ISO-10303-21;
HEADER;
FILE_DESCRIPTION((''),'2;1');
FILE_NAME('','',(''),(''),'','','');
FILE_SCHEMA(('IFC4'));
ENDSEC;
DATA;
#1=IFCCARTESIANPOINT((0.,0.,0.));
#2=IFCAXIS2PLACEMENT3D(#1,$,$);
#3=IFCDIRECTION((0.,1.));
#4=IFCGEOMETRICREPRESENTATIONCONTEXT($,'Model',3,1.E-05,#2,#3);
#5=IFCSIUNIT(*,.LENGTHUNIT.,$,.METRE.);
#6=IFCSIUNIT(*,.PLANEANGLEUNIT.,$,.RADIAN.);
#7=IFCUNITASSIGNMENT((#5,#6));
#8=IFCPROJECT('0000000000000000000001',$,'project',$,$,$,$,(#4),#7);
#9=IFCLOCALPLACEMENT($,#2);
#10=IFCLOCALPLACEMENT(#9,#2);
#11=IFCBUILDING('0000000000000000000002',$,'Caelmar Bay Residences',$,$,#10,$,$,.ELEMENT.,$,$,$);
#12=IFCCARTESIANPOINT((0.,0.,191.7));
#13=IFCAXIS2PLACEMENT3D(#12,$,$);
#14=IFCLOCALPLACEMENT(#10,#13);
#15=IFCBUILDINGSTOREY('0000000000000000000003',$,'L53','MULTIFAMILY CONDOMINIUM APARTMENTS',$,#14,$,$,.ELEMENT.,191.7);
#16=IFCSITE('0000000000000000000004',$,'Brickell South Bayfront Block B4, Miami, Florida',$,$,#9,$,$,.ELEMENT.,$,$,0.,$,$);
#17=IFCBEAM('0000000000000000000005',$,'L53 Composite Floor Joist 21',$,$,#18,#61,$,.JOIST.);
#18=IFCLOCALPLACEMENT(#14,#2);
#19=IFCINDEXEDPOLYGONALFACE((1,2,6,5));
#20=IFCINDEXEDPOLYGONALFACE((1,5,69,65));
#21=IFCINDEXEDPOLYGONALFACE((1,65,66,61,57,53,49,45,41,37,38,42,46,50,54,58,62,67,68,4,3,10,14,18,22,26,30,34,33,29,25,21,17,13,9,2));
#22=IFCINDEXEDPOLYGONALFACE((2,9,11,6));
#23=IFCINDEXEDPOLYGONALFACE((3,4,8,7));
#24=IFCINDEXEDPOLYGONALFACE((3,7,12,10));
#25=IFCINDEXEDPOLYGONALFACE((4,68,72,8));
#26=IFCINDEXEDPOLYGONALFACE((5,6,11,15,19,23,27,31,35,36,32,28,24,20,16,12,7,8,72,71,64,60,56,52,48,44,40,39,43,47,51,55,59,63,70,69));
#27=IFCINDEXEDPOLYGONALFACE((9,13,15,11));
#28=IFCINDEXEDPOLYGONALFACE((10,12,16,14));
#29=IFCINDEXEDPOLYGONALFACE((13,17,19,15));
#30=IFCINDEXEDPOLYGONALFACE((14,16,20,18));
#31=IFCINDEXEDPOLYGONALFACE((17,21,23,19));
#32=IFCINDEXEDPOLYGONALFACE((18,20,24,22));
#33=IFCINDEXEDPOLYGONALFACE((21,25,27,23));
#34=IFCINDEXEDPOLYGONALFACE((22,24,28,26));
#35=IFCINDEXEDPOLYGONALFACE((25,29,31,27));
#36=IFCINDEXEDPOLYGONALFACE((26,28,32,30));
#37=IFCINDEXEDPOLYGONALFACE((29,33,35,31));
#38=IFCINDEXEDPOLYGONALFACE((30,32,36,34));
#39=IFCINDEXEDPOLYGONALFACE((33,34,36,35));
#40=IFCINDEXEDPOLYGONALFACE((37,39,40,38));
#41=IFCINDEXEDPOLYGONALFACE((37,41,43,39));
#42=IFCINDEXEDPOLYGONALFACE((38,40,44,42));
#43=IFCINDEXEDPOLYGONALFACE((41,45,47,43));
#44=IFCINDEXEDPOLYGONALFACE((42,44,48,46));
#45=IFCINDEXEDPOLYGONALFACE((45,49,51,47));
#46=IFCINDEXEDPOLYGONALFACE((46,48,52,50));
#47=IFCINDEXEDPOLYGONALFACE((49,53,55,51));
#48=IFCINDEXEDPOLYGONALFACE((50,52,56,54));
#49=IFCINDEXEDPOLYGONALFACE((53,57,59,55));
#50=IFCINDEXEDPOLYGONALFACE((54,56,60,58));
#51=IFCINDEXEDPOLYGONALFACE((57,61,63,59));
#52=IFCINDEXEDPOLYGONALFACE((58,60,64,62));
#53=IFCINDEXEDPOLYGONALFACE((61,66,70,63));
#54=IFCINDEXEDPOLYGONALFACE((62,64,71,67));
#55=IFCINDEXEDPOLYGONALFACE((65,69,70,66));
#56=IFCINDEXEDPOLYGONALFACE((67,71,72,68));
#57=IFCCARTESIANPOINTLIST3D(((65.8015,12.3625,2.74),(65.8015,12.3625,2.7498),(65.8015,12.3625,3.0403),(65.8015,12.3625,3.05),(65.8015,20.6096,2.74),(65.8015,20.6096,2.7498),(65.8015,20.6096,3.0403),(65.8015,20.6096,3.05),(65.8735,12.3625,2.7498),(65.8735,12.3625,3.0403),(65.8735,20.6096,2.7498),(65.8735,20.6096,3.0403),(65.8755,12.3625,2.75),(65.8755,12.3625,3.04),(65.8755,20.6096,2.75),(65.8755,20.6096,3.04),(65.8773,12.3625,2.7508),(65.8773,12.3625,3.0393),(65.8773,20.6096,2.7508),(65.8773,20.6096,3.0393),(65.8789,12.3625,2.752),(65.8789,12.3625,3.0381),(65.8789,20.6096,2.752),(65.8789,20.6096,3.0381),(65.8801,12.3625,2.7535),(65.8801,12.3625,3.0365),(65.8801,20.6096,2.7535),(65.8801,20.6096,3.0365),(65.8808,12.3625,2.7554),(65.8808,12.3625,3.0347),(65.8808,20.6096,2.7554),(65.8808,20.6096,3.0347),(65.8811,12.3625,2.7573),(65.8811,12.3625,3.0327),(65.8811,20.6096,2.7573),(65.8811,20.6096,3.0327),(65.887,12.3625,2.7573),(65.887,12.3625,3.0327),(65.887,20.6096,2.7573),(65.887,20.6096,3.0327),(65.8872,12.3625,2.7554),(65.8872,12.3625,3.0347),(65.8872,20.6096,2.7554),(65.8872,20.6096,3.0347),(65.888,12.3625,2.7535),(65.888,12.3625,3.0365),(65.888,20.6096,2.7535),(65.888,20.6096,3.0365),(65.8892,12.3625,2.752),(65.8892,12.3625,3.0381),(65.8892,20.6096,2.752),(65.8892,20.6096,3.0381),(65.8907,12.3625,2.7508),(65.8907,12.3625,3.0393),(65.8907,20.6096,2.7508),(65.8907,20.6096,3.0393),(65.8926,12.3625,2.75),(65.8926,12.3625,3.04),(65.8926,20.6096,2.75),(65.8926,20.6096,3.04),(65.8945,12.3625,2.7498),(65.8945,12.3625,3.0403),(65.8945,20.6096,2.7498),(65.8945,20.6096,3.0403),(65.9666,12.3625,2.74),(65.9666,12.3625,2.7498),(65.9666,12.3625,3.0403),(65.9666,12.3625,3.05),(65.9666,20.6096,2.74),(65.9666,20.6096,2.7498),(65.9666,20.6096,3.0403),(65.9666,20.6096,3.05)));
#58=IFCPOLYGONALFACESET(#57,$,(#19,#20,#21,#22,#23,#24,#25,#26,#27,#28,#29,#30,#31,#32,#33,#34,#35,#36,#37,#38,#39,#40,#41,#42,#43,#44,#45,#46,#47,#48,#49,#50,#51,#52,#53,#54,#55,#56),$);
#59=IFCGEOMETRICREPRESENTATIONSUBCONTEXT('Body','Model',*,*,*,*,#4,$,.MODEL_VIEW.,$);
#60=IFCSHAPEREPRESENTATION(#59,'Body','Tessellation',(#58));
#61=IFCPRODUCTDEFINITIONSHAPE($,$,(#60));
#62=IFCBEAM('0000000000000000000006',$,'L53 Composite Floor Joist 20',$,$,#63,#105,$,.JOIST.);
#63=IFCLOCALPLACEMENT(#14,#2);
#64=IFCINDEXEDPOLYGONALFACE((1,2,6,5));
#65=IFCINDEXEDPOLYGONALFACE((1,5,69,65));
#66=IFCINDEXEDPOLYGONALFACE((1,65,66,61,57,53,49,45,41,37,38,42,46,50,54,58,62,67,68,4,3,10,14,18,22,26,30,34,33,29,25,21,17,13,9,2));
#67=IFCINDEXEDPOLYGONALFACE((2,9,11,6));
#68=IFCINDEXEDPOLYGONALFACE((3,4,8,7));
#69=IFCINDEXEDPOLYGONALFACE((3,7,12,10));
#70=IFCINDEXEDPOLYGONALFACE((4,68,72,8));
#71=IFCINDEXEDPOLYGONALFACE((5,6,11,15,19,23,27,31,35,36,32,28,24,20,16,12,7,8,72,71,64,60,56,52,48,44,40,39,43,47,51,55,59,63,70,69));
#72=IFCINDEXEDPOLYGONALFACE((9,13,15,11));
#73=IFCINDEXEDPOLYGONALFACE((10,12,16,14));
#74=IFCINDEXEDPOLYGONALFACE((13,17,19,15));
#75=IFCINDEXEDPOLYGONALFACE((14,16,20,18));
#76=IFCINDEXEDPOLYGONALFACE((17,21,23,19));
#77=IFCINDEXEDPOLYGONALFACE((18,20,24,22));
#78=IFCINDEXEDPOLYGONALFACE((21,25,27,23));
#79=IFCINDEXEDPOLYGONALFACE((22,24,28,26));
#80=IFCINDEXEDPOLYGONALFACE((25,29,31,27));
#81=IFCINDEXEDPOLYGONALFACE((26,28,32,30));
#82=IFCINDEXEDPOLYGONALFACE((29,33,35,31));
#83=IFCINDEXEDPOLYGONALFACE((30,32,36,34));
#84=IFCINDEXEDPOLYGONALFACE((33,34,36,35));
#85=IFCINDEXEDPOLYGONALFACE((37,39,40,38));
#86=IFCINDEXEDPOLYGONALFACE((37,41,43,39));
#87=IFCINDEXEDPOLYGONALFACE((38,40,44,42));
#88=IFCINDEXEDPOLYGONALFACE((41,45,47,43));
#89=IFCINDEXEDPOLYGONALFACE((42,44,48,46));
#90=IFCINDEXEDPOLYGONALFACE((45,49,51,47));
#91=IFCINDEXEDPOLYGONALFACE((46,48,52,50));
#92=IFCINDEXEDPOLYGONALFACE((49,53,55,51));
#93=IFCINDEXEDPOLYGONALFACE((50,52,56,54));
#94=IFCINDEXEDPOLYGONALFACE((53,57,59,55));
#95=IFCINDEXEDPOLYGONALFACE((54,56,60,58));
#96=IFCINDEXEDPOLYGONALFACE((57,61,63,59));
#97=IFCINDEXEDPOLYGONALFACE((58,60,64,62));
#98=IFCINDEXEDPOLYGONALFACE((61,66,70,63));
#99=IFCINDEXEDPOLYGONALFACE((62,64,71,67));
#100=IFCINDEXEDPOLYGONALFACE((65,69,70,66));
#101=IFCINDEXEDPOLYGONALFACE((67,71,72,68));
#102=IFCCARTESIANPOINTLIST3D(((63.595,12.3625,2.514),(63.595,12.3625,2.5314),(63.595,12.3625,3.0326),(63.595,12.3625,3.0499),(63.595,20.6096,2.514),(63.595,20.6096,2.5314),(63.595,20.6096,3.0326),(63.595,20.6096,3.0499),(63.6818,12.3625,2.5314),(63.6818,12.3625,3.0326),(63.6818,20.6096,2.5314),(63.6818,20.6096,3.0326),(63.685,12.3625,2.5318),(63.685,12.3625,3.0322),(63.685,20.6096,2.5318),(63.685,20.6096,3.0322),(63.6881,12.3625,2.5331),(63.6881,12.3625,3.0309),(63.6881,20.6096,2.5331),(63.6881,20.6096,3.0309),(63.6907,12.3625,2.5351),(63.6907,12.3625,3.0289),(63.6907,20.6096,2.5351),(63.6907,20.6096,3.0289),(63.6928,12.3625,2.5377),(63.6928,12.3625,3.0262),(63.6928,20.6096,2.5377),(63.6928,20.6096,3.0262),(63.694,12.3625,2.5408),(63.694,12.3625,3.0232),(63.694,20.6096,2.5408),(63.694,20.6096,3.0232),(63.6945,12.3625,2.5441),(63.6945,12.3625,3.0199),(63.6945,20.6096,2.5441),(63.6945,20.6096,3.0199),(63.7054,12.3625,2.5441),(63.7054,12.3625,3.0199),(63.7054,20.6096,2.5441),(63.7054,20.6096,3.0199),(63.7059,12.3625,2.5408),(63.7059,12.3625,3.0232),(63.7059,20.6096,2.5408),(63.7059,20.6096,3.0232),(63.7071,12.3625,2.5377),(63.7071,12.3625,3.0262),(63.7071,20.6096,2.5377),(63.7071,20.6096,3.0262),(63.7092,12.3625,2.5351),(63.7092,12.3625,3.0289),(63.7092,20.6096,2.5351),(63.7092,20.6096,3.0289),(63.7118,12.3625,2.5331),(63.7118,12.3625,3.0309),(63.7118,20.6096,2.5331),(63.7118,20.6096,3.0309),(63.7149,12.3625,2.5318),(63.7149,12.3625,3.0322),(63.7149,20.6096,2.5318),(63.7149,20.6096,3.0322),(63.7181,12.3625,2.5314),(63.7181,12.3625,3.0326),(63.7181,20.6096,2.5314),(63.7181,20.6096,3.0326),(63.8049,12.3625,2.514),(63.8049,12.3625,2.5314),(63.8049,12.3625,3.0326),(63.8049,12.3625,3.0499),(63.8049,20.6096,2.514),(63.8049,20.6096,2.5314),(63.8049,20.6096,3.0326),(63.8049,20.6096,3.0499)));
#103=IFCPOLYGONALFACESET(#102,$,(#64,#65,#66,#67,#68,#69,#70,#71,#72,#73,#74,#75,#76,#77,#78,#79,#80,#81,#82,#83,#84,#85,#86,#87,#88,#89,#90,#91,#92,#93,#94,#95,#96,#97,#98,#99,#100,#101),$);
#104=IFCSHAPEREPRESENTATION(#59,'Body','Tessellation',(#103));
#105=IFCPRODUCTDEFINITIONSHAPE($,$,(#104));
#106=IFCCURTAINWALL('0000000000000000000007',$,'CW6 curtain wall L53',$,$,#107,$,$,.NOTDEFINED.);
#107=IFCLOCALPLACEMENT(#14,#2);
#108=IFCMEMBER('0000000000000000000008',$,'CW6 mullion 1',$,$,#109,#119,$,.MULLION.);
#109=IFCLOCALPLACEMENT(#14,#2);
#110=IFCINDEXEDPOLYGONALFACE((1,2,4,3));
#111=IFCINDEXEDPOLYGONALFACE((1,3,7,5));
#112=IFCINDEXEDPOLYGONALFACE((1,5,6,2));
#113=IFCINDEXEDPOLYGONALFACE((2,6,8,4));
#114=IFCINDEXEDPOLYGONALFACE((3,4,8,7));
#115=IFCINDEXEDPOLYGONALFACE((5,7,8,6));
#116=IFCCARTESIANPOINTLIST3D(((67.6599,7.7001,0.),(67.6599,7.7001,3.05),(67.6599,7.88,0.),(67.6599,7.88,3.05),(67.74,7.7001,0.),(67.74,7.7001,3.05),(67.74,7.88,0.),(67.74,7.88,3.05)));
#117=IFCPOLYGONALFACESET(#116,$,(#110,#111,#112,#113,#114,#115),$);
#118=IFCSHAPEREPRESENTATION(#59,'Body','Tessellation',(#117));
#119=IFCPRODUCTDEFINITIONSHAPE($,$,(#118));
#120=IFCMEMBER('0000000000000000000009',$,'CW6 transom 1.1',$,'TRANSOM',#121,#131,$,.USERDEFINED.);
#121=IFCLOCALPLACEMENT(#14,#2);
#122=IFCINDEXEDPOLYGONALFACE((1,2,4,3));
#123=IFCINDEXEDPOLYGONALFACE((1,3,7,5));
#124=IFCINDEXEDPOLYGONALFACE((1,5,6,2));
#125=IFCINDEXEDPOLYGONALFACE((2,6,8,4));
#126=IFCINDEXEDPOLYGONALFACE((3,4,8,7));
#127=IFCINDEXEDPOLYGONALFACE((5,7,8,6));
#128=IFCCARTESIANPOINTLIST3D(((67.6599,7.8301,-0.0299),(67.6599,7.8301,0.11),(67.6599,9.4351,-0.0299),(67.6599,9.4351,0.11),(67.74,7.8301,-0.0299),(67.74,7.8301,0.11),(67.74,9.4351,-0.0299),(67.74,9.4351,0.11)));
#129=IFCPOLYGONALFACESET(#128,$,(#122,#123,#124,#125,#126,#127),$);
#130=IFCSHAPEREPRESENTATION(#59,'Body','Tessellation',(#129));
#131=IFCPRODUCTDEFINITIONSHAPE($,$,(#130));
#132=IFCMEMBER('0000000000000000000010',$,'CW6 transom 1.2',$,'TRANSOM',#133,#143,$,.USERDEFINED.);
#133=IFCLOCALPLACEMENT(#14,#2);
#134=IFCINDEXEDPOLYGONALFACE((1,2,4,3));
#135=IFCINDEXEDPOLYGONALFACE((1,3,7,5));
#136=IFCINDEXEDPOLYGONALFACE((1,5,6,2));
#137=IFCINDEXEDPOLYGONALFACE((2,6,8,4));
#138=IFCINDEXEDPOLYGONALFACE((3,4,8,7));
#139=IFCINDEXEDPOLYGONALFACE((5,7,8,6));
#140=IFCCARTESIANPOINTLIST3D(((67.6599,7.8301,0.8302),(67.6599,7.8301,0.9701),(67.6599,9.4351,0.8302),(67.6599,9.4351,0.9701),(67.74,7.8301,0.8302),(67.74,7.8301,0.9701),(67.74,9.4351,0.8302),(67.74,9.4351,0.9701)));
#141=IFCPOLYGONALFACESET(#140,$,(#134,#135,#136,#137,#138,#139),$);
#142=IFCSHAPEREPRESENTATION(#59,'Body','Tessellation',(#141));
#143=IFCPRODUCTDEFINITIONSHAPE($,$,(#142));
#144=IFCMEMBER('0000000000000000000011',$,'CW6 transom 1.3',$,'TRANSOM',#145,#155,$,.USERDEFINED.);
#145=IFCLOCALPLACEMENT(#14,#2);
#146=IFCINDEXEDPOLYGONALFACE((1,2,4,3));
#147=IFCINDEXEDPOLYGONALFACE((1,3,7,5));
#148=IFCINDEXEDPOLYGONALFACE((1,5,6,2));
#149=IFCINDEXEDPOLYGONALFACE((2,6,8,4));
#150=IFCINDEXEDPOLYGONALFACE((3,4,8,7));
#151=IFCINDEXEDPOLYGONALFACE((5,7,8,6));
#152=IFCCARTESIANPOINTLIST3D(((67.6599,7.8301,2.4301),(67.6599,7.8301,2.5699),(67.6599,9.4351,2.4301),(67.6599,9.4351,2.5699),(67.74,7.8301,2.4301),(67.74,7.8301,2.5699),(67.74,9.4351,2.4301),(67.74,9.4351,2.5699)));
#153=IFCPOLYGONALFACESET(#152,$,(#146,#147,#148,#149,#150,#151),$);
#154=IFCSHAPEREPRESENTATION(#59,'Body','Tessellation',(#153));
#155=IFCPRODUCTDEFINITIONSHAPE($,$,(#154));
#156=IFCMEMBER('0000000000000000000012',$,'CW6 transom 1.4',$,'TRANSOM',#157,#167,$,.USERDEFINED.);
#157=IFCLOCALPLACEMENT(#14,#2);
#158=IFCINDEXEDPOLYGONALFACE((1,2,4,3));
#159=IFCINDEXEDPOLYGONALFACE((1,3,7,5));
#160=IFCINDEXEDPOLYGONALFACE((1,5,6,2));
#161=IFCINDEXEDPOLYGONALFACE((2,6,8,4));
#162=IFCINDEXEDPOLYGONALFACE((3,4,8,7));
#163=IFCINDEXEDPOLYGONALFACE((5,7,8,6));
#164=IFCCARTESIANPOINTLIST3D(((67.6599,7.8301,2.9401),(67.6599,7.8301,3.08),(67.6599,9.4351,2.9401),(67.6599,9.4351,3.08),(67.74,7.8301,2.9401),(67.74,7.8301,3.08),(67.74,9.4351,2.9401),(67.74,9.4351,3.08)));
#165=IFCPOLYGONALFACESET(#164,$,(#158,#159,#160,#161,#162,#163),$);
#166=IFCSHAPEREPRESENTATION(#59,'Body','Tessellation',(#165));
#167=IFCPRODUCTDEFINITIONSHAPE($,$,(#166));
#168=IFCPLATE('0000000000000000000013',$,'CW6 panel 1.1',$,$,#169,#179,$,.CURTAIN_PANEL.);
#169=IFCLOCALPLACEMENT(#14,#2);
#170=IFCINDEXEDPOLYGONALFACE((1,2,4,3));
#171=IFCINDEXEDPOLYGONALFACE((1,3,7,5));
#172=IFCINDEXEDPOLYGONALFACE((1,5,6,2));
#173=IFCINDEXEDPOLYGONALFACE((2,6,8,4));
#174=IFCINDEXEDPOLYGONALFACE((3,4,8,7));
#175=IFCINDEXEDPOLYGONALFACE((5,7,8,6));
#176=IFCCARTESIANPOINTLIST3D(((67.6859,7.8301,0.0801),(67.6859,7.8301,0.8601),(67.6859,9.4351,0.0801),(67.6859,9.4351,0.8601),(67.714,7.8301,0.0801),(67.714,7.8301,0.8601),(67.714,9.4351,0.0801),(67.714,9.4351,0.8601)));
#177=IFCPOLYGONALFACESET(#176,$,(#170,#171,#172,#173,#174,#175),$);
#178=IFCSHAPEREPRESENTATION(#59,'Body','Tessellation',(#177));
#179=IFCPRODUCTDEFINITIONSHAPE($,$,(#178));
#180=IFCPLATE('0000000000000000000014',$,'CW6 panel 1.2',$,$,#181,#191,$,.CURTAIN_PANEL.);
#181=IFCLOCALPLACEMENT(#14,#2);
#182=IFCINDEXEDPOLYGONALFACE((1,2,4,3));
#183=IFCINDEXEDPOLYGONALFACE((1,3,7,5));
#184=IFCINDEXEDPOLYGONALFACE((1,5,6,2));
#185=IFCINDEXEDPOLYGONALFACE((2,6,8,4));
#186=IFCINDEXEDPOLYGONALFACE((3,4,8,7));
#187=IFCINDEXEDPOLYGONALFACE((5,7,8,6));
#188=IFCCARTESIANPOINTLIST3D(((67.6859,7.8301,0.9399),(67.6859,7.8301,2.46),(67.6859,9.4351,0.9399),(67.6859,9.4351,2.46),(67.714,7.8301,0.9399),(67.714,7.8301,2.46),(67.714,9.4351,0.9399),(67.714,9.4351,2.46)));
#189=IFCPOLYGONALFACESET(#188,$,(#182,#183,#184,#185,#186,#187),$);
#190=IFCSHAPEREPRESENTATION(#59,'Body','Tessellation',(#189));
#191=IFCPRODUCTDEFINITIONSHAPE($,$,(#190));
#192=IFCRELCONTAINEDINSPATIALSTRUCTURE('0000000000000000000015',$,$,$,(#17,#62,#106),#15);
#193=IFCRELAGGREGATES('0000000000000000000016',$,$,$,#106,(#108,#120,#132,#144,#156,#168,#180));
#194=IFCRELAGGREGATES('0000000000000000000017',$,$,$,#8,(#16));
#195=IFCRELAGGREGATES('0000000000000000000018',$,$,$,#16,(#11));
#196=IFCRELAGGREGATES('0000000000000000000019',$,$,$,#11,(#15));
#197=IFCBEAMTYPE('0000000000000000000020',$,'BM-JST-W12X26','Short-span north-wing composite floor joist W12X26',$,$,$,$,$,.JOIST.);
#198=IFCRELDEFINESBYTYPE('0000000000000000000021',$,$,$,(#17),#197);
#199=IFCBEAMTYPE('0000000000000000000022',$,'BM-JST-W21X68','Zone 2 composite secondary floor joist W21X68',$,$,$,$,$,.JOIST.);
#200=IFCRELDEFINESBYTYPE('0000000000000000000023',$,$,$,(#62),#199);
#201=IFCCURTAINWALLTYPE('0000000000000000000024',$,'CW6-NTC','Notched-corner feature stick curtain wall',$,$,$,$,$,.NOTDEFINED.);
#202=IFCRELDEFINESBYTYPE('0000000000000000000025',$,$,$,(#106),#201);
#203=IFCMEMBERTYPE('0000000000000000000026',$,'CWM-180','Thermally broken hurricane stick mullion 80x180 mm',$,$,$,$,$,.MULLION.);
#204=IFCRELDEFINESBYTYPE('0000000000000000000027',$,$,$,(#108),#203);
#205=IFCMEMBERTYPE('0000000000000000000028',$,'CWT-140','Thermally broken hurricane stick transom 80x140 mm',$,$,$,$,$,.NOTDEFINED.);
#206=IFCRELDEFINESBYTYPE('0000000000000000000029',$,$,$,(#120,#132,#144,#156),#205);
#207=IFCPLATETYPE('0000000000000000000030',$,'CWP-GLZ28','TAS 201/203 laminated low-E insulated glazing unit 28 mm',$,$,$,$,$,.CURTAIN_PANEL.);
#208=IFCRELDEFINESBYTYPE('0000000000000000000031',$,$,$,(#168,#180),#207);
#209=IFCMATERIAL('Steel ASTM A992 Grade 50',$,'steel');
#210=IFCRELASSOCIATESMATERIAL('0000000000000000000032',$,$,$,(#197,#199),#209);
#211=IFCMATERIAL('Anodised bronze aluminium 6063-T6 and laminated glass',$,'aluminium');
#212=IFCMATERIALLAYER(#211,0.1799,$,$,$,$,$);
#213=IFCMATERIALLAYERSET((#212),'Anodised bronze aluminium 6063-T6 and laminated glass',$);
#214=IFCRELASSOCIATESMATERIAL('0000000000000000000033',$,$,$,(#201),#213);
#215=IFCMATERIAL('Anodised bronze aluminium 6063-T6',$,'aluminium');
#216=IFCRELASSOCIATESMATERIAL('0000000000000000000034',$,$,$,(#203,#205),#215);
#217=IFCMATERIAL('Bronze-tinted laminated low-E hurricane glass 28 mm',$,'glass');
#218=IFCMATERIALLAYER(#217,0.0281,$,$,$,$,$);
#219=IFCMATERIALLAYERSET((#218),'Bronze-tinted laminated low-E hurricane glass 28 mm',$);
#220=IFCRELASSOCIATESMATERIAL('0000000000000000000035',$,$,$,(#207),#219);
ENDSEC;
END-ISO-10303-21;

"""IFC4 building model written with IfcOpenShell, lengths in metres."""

from ifc_helpers import new_model, si_unit, direction, frame, origin, origin_2d, place, context, subcontext, project, spatial, rectangle, i_section, extrude, material, layer, layer_set, material_profile, profile_set, type_object, element, aggregate, save


model = new_model("IFC4")

# Units and contexts
model_context = context("Model", 3, precision=1e-05, world=origin(), true_north=direction((0.0, 1.0)))
body_context = subcontext(model_context, "Body", "Model", "MODEL_VIEW")
ifc_project = project(units=[si_unit("LENGTHUNIT", "METRE"), si_unit("PLANEANGLEUNIT", "RADIAN")], contexts=[model_context])

# Site, building, storey
site_placement = place(None, origin())
site = spatial("IfcSite", under=ifc_project, at=site_placement, Name="Brickell South Bayfront Block B4, Miami, Florida", CompositionType="ELEMENT", RefElevation=0.0)
building_placement = place(site_placement, origin())
building = spatial("IfcBuilding", under=site, at=building_placement, Name="Caelmar Bay Residences", CompositionType="ELEMENT")
storey_placement = place(building_placement, frame((0.0, 0.0, 191.7)))
storey = spatial("IfcBuildingStorey", under=building, at=storey_placement, Name="L53", Description="MULTIFAMILY CONDOMINIUM APARTMENTS", CompositionType="ELEMENT", Elevation=191.7)

# Beams
ifc_material_1 = material(Name="Steel ASTM A992 Grade 50", Category="steel")
ifc_material_profile_1 = material_profile(ifc_material_1, i_section(OverallWidth=0.165, OverallDepth=0.3101, WebThickness=0.0059, FlangeThickness=0.0098, FilletRadius=0.0076, at=origin_2d()), Name="W12X26")
ifc_profile_set_1 = profile_set([ifc_material_profile_1], Name="Steel ASTM A992 Grade 50")
beam_type_1 = type_object("IfcBeamType", Name="BM-JST-W12X26", Description="Short-span north-wing composite floor joist W12X26", PredefinedType="JOIST", material=ifc_profile_set_1)
beam_1_placement = place(storey_placement, frame((65.884, 12.3625, 2.895), z_axis=(0.0, 1.0, 0.0), x_axis=(-1.0, 0.0, 0.0)))
element("IfcBeam", 1, at=beam_1_placement, inside=storey, type_object=beam_type_1, Name="L53 Composite Floor Joist 21", PredefinedType="JOIST", context=body_context, shape_type="SweptSolid", body=[
    extrude(i_section(OverallWidth=0.165, OverallDepth=0.3101, WebThickness=0.0059, FlangeThickness=0.0098, FilletRadius=0.0076, at=origin_2d()), origin(), (0.0, 0.0, 1.0), 8.2471),
])
ifc_material_profile_2 = material_profile(ifc_material_1, i_section(OverallWidth=0.21, OverallDepth=0.5359, WebThickness=0.011, FlangeThickness=0.0173, FilletRadius=0.0127, at=origin_2d()), Name="W21X68")
ifc_profile_set_2 = profile_set([ifc_material_profile_2], Name="Steel ASTM A992 Grade 50")
beam_type_2 = type_object("IfcBeamType", Name="BM-JST-W21X68", Description="Zone 2 composite secondary floor joist W21X68", PredefinedType="JOIST", material=ifc_profile_set_2)
beam_2_placement = place(storey_placement, frame((63.7, 12.3625, 2.782), z_axis=(0.0, 1.0, 0.0), x_axis=(-1.0, 0.0, 0.0)))
element("IfcBeam", 2, at=beam_2_placement, inside=storey, type_object=beam_type_2, Name="L53 Composite Floor Joist 20", PredefinedType="JOIST", context=body_context, shape_type="SweptSolid", body=[
    extrude(i_section(OverallWidth=0.21, OverallDepth=0.5359, WebThickness=0.011, FlangeThickness=0.0173, FilletRadius=0.0127, at=origin_2d()), origin(), (0.0, 0.0, 1.0), 8.2471),
])

# Curtain wall, members, plates
ifc_material_2 = material(Name="Anodised bronze aluminium 6063-T6 and laminated glass", Category="aluminium")
ifc_layer_1 = layer(ifc_material_2, 0.1799)
ifc_layer_set_1 = layer_set([ifc_layer_1], Name="Anodised bronze aluminium 6063-T6 and laminated glass")
curtain_wall_type = type_object("IfcCurtainWallType", Name="CW6-NTC", Description="Notched-corner feature stick curtain wall", PredefinedType="NOTDEFINED", material=ifc_layer_set_1)
curtain_wall_placement = place(storey_placement, origin())
curtain_wall = element("IfcCurtainWall", 3, at=curtain_wall_placement, inside=storey, type_object=curtain_wall_type, Name="CW6 curtain wall L53", PredefinedType="NOTDEFINED")
ifc_material_3 = material(Name="Anodised bronze aluminium 6063-T6", Category="aluminium")
ifc_material_profile_3 = material_profile(ifc_material_3, rectangle(XDim=0.0801, YDim=0.1799, at=origin_2d()), Name="CWM-80X180")
ifc_profile_set_3 = profile_set([ifc_material_profile_3], Name="Anodised bronze aluminium 6063-T6")
member_type_1 = type_object("IfcMemberType", Name="CWM-180", Description="Thermally broken hurricane stick mullion 80x180 mm", PredefinedType="MULLION", material=ifc_profile_set_3)
member_1_placement = place(storey_placement, frame((67.7, 7.79, 0.0), z_axis=(0.0, 0.0, 1.0), x_axis=(-1.0, 0.0, 0.0)))
member_1 = element("IfcMember", 4, at=member_1_placement, type_object=member_type_1, Name="CW6 mullion 1", PredefinedType="MULLION", context=body_context, shape_type="SweptSolid", body=[
    extrude(rectangle(XDim=0.0801, YDim=0.1799, at=origin_2d()), origin(), (0.0, 0.0, 1.0), 3.05),
])
ifc_material_profile_4 = material_profile(ifc_material_3, rectangle(XDim=0.0801, YDim=0.1399, at=origin_2d()), Name="CWT-80X140")
ifc_profile_set_4 = profile_set([ifc_material_profile_4], Name="Anodised bronze aluminium 6063-T6")
member_type_2 = type_object("IfcMemberType", Name="CWT-140", Description="Thermally broken hurricane stick transom 80x140 mm", PredefinedType="NOTDEFINED", material=ifc_profile_set_4)
member_2_placement = place(storey_placement, frame((67.7, 7.8301, 0.04), z_axis=(0.0, 1.0, 0.0), x_axis=(-1.0, 0.0, 0.0)))
member_2 = element("IfcMember", 5, at=member_2_placement, type_object=member_type_2, Name="CW6 transom 1.1", ObjectType="TRANSOM", PredefinedType="USERDEFINED", context=body_context, shape_type="SweptSolid", body=[
    extrude(rectangle(XDim=0.0801, YDim=0.1399, at=origin_2d()), origin(), (0.0, 0.0, 1.0), 1.605),
])
member_3_placement = place(storey_placement, frame((67.7, 7.8301, 0.9001), z_axis=(0.0, 1.0, 0.0), x_axis=(-1.0, 0.0, 0.0)))
member_3 = element("IfcMember", 6, at=member_3_placement, type_object=member_type_2, Name="CW6 transom 1.2", ObjectType="TRANSOM", PredefinedType="USERDEFINED", context=body_context, shape_type="SweptSolid", body=[
    extrude(rectangle(XDim=0.0801, YDim=0.1399, at=origin_2d()), origin(), (0.0, 0.0, 1.0), 1.605),
])
member_4_placement = place(storey_placement, frame((67.7, 7.8301, 2.5), z_axis=(0.0, 1.0, 0.0), x_axis=(-1.0, 0.0, 0.0)))
member_4 = element("IfcMember", 7, at=member_4_placement, type_object=member_type_2, Name="CW6 transom 1.3", ObjectType="TRANSOM", PredefinedType="USERDEFINED", context=body_context, shape_type="SweptSolid", body=[
    extrude(rectangle(XDim=0.0801, YDim=0.1399, at=origin_2d()), origin(), (0.0, 0.0, 1.0), 1.605),
])
member_5_placement = place(storey_placement, frame((67.7, 7.8301, 3.01), z_axis=(0.0, 1.0, 0.0), x_axis=(-1.0, 0.0, 0.0)))
member_5 = element("IfcMember", 8, at=member_5_placement, type_object=member_type_2, Name="CW6 transom 1.4", ObjectType="TRANSOM", PredefinedType="USERDEFINED", context=body_context, shape_type="SweptSolid", body=[
    extrude(rectangle(XDim=0.0801, YDim=0.1399, at=origin_2d()), origin(), (0.0, 0.0, 1.0), 1.605),
])
ifc_material_4 = material(Name="Bronze-tinted laminated low-E hurricane glass 28 mm", Category="glass")
ifc_layer_2 = layer(ifc_material_4, 0.0281)
ifc_layer_set_2 = layer_set([ifc_layer_2], Name="Bronze-tinted laminated low-E hurricane glass 28 mm")
plate_type = type_object("IfcPlateType", Name="CWP-GLZ28", Description="TAS 201/203 laminated low-E insulated glazing unit 28 mm", PredefinedType="CURTAIN_PANEL", material=ifc_layer_set_2)
plate_1_placement = place(storey_placement, frame((67.7, 8.6326, 0.0801), z_axis=(0.0, 0.0, 1.0), x_axis=(0.0, 1.0, 0.0)))
plate_1 = element("IfcPlate", 9, at=plate_1_placement, type_object=plate_type, Name="CW6 panel 1.1", PredefinedType="CURTAIN_PANEL", context=body_context, shape_type="SweptSolid", body=[
    extrude(rectangle(XDim=1.605, YDim=0.0281, at=origin_2d()), origin(), (0.0, 0.0, 1.0), 0.78),
])
plate_2_placement = place(storey_placement, frame((67.7, 8.6326, 0.9399), z_axis=(0.0, 0.0, 1.0), x_axis=(0.0, 1.0, 0.0)))
plate_2 = element("IfcPlate", 10, at=plate_2_placement, type_object=plate_type, Name="CW6 panel 1.2", PredefinedType="CURTAIN_PANEL", context=body_context, shape_type="SweptSolid", body=[
    extrude(rectangle(XDim=1.605, YDim=0.0281, at=origin_2d()), origin(), (0.0, 0.0, 1.0), 1.52),
])
aggregate(curtain_wall, [member_1, member_2, member_3, member_4, member_5, plate_1, plate_2])

save(model, "model.ifc")
